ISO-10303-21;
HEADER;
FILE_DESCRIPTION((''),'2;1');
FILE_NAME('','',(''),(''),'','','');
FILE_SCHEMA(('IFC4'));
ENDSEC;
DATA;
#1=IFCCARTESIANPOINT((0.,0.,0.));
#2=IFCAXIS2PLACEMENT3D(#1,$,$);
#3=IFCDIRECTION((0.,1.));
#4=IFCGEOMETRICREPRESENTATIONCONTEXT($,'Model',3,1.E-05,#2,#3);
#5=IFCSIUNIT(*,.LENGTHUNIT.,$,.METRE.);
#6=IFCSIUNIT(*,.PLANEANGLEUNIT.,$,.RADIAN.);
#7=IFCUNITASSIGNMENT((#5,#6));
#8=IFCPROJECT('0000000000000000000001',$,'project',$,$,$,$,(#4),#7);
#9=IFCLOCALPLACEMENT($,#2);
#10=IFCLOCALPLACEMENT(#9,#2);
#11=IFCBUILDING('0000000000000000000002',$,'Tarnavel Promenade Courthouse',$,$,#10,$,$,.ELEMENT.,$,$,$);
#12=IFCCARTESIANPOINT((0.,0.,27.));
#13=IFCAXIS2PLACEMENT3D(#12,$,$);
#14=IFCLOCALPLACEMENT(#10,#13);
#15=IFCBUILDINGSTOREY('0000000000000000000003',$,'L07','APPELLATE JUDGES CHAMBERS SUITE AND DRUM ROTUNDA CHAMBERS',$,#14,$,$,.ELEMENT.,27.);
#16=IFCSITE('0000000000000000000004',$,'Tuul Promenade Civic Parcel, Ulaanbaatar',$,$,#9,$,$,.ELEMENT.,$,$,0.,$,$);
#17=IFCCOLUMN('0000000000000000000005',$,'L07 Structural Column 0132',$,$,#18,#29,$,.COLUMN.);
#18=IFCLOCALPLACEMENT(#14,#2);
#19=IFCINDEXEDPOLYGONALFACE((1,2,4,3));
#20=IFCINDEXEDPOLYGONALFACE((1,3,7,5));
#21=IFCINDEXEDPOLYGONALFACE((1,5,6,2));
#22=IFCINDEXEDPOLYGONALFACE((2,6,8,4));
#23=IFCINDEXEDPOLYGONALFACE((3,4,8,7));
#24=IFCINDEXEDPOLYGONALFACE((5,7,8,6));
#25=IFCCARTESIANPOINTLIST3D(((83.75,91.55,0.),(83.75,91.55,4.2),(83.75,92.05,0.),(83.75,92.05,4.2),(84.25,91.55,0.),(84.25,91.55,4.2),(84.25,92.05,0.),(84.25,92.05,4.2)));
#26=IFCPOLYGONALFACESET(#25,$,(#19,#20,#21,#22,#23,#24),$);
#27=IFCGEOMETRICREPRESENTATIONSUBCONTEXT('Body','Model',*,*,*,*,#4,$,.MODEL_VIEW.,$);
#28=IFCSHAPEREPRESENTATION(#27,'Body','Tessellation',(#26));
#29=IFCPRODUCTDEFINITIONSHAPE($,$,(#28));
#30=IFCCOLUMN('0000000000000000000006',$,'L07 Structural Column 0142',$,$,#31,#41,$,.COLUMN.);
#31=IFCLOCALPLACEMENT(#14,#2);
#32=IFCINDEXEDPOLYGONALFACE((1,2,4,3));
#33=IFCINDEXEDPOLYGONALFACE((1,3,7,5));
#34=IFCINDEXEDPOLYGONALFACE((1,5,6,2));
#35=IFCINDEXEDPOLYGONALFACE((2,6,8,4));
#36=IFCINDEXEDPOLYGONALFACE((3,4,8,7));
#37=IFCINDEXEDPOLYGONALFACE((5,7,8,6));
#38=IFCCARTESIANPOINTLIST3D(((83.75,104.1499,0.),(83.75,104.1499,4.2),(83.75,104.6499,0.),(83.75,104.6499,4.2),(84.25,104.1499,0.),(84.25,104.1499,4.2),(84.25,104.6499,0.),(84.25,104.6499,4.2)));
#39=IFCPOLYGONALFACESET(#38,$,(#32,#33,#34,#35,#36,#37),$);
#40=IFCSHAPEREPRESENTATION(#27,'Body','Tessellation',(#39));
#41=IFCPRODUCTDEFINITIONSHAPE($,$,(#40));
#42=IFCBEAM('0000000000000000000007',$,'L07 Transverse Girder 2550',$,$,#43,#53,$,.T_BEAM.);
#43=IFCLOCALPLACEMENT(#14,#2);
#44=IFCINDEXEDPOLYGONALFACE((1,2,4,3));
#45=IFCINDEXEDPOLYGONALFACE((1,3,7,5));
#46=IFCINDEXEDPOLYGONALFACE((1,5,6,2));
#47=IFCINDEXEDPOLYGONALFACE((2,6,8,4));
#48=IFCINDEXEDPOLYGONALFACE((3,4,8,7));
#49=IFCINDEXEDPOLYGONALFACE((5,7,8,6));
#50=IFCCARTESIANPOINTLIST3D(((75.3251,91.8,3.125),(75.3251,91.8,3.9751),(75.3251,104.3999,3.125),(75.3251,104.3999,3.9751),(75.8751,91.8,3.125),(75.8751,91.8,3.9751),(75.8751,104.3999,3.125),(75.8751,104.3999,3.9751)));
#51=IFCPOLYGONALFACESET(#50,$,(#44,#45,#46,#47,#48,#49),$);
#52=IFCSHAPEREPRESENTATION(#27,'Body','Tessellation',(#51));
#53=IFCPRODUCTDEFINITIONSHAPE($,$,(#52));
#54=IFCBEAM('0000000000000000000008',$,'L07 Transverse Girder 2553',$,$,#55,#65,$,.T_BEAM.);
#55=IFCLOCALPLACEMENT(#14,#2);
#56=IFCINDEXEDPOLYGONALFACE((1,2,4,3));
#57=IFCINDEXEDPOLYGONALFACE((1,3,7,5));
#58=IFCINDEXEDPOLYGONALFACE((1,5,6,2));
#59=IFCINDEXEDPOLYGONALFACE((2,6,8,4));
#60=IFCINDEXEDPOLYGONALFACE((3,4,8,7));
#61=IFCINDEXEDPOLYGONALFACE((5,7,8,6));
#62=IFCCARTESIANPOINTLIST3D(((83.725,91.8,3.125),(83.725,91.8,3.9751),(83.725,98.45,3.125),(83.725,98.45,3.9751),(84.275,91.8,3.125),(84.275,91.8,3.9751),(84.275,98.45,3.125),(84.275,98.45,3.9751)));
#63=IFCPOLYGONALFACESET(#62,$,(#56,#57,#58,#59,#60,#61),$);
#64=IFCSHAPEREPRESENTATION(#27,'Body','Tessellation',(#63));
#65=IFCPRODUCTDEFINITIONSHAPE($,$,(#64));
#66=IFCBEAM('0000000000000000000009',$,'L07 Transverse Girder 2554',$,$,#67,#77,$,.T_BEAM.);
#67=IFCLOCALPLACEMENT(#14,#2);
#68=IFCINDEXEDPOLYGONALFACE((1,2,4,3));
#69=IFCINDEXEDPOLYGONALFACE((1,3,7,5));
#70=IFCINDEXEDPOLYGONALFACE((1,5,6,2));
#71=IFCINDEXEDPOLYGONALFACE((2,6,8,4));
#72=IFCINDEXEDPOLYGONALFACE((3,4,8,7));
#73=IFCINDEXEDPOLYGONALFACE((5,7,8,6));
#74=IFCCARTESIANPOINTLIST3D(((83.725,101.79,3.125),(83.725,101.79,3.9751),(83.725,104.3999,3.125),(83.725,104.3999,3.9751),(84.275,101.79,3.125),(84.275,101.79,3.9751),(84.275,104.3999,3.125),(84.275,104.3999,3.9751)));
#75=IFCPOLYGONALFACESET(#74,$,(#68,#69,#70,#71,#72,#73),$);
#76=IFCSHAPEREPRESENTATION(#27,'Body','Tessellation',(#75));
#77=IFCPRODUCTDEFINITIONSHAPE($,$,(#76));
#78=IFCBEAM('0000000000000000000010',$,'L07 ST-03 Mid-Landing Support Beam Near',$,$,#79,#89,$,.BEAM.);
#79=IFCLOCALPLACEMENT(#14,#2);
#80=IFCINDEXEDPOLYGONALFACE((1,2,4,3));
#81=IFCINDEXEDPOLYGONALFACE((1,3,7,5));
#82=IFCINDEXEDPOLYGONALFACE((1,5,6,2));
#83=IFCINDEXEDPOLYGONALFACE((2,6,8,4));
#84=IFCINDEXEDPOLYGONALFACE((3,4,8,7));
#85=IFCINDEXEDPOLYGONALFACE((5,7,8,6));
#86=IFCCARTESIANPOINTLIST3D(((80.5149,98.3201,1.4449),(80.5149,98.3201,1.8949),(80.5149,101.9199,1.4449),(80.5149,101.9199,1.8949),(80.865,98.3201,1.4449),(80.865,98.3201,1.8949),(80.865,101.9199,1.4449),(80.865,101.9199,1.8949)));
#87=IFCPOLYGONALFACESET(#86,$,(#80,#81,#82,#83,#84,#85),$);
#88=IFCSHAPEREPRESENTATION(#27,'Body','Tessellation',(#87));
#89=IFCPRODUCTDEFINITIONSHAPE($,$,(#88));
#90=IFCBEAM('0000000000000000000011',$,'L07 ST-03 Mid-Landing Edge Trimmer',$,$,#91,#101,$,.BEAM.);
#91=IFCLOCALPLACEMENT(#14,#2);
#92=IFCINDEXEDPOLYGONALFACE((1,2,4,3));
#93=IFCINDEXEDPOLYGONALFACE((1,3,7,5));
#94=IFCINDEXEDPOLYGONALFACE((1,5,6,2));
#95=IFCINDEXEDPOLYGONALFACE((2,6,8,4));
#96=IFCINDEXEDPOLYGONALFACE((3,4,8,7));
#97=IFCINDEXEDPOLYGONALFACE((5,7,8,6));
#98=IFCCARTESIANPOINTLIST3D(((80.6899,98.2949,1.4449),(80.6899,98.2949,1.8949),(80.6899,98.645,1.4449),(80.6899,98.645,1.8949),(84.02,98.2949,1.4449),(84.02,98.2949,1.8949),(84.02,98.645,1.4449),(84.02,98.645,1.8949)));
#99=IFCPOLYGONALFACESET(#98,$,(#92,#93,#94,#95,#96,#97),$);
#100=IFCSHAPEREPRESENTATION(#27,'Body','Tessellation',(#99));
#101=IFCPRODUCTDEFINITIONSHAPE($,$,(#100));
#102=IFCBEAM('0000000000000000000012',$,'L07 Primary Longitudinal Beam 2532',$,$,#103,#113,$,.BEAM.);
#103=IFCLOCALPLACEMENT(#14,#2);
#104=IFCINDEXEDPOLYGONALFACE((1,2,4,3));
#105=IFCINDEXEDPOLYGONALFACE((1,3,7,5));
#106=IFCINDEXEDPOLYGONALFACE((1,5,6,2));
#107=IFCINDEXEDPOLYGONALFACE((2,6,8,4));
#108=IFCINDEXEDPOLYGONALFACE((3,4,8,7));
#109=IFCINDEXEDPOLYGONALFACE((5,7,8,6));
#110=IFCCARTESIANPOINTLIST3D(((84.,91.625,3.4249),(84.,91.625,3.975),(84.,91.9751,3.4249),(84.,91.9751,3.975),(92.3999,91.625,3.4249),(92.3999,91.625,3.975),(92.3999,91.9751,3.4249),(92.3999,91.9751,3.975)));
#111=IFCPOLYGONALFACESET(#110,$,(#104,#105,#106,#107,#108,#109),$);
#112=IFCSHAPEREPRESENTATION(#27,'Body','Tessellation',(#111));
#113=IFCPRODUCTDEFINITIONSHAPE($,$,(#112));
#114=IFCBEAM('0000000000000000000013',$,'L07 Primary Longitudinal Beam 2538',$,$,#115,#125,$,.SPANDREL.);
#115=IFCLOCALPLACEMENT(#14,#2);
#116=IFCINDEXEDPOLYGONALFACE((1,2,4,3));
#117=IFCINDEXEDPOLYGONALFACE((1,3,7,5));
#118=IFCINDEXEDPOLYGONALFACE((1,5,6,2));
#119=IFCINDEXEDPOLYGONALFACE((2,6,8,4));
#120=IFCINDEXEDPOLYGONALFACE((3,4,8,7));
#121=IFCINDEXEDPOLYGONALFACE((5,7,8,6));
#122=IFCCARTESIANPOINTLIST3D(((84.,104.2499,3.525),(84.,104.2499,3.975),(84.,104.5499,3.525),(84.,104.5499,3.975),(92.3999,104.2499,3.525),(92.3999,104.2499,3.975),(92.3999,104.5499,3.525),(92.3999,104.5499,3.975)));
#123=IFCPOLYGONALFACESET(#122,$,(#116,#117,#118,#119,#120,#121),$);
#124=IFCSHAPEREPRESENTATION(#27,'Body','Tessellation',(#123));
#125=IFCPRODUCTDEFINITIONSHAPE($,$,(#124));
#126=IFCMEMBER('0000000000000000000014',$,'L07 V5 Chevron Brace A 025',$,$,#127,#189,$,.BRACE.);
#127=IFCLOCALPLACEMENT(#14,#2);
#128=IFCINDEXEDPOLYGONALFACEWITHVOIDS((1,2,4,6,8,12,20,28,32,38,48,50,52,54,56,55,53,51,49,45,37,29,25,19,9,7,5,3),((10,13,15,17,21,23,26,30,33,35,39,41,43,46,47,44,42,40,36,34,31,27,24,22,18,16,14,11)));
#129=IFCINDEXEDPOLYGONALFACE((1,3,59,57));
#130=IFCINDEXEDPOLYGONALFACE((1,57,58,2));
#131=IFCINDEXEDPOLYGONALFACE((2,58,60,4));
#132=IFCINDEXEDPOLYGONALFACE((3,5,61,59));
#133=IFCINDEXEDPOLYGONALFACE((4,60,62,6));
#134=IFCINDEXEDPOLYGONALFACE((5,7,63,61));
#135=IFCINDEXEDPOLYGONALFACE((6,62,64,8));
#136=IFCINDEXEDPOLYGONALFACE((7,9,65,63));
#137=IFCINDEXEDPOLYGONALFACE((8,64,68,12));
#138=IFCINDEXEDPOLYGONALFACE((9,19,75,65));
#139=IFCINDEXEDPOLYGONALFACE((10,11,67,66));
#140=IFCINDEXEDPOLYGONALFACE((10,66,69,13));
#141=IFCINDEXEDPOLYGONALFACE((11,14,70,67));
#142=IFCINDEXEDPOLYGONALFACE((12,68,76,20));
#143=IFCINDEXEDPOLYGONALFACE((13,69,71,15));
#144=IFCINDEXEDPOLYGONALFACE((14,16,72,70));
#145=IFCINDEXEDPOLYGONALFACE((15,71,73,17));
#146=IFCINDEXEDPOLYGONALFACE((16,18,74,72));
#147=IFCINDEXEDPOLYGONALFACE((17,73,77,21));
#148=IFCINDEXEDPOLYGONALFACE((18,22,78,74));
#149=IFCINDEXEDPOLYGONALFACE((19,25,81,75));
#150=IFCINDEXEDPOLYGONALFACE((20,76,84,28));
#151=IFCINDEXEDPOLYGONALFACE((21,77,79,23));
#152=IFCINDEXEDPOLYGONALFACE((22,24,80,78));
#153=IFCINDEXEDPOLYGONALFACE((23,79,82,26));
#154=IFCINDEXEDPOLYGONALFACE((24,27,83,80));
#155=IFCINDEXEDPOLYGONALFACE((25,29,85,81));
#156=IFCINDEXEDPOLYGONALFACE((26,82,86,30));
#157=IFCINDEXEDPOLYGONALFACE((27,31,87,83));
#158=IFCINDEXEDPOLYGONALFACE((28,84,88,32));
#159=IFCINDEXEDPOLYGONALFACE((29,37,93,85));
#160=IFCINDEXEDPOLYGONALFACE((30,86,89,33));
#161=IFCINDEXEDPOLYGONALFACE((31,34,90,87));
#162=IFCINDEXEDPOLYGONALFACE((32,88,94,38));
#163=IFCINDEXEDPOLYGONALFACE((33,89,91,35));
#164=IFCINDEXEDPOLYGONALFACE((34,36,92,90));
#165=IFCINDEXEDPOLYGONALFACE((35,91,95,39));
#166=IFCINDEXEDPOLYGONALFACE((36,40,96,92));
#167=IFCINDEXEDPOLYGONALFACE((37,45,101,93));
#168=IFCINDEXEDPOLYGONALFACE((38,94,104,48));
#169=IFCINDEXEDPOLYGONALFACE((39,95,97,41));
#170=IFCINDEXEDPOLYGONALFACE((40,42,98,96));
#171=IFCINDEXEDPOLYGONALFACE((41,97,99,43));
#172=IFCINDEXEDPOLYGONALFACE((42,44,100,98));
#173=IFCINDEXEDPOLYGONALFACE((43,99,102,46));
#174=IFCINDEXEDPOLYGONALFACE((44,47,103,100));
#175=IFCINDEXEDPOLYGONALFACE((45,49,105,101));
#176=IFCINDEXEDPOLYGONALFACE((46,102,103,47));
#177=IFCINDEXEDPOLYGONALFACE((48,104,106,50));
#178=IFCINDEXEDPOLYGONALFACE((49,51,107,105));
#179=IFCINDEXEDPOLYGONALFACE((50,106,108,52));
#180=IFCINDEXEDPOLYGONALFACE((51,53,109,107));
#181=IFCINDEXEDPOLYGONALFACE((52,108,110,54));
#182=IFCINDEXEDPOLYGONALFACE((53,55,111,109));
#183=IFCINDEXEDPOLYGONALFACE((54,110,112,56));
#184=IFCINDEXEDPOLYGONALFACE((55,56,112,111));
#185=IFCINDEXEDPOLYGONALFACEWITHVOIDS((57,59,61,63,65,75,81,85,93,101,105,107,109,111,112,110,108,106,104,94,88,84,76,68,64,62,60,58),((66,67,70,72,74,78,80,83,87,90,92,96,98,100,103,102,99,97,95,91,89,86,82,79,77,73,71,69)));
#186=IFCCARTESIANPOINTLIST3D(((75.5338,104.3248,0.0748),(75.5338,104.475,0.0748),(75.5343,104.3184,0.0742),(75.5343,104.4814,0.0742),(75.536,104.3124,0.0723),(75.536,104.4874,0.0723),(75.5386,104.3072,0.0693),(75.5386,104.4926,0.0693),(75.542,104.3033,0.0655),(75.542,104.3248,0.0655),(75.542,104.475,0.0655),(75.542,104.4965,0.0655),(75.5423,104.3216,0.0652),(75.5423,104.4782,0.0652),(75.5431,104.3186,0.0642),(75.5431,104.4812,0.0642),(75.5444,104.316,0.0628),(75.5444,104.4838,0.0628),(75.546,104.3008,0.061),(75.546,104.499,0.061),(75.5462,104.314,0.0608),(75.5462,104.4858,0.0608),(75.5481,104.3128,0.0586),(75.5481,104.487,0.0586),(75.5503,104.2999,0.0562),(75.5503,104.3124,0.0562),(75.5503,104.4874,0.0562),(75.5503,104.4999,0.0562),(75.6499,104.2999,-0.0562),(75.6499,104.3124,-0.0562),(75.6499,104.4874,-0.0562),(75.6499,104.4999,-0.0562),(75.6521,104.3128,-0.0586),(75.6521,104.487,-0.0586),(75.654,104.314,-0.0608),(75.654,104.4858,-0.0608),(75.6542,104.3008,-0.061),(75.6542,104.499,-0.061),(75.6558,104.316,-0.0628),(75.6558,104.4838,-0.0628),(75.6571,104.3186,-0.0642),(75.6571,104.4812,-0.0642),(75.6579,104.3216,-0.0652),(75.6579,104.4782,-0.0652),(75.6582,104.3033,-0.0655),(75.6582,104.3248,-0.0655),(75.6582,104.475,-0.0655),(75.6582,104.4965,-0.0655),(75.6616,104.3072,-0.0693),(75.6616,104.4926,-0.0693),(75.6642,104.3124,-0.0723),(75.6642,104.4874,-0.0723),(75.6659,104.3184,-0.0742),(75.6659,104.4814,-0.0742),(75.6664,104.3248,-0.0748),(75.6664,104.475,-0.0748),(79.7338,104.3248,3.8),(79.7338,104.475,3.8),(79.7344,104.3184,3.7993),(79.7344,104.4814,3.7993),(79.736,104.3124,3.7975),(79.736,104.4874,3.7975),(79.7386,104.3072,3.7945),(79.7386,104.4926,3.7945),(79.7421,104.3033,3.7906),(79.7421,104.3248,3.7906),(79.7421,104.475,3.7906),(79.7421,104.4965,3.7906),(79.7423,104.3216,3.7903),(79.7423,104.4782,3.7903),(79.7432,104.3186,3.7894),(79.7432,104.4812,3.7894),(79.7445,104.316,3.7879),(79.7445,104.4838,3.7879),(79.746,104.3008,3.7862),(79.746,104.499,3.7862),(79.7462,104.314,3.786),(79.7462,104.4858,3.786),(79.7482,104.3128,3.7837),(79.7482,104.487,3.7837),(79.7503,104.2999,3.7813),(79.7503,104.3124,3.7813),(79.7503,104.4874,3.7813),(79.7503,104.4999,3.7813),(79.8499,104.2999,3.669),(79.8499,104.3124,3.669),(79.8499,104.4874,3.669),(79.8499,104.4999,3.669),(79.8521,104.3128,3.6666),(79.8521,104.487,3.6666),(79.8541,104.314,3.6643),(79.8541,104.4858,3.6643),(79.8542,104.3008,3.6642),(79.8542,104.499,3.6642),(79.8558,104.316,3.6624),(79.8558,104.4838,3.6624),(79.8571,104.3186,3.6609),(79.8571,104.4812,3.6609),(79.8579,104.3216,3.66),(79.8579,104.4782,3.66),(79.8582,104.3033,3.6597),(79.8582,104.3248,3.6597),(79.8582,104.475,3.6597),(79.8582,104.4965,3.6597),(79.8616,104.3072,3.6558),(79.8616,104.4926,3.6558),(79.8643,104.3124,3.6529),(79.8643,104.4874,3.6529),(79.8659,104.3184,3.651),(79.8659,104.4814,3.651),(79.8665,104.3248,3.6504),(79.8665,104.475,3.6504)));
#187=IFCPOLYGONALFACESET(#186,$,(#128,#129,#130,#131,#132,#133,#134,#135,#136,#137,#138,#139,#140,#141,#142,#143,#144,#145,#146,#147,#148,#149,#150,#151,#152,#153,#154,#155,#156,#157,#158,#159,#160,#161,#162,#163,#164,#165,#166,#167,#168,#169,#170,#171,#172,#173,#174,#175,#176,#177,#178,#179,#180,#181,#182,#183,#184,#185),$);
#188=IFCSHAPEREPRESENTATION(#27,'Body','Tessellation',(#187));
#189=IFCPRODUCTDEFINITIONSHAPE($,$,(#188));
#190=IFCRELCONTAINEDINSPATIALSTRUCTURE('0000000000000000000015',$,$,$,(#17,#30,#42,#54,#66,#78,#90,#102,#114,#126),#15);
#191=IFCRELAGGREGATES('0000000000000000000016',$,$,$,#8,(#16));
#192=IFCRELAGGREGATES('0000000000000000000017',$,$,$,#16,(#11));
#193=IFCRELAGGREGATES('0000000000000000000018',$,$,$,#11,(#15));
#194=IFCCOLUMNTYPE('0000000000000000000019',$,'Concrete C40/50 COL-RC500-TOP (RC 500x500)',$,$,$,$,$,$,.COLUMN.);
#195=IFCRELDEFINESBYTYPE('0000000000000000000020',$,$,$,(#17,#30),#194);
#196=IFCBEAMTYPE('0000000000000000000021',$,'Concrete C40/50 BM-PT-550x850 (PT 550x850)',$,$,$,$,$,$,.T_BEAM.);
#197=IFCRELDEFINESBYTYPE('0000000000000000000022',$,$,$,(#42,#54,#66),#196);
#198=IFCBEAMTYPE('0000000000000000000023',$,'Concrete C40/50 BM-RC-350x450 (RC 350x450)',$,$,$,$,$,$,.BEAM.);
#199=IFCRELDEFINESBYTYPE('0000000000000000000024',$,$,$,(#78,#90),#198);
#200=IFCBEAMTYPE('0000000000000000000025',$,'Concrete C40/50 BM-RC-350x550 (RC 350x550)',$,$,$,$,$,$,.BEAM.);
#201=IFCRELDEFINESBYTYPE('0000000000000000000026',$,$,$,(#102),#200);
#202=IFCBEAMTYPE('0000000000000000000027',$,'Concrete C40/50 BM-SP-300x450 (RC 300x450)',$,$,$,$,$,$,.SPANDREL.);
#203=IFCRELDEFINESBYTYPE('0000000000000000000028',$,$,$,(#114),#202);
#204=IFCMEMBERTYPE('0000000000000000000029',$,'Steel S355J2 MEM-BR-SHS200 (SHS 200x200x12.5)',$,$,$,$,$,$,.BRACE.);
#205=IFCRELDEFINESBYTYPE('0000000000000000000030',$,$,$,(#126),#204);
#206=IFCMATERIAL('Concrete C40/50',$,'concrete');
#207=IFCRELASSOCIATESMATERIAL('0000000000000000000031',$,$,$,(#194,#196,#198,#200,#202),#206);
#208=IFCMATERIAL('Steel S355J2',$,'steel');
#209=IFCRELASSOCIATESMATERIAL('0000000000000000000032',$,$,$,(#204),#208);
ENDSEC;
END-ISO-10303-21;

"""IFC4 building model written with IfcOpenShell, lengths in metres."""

from ifc_helpers import new_model, si_unit, direction, frame, origin, origin_2d, place, context, subcontext, project, spatial, rectangle, hollow_rectangle, extrude, material, material_profile, profile_set, type_object, element, save


model = new_model("IFC4")

# Units and contexts
model_context = context("Model", 3, precision=1e-05, world=origin(), true_north=direction((0.0, 1.0)))
body_context = subcontext(model_context, "Body", "Model", "MODEL_VIEW")
ifc_project = project(units=[si_unit("LENGTHUNIT", "METRE"), si_unit("PLANEANGLEUNIT", "RADIAN")], contexts=[model_context])

# Site, building, storey
site_placement = place(None, origin())
site = spatial("IfcSite", under=ifc_project, at=site_placement, Name="Tuul Promenade Civic Parcel, Ulaanbaatar", CompositionType="ELEMENT", RefElevation=0.0)
building_placement = place(site_placement, origin())
building = spatial("IfcBuilding", under=site, at=building_placement, Name="Tarnavel Promenade Courthouse", CompositionType="ELEMENT")
storey_placement = place(building_placement, frame((0.0, 0.0, 27.0)))
storey = spatial("IfcBuildingStorey", under=building, at=storey_placement, Name="L07", Description="APPELLATE JUDGES CHAMBERS SUITE AND DRUM ROTUNDA CHAMBERS", CompositionType="ELEMENT", Elevation=27.0)

# Columns
ifc_material_1 = material(Name="Concrete C40/50", Category="concrete")
ifc_material_profile_1 = material_profile(ifc_material_1, rectangle(XDim=0.5, YDim=0.5, at=origin_2d()), Name="RC 500x500")
ifc_profile_set_1 = profile_set([ifc_material_profile_1], Name="Concrete C40/50")
column_type = type_object("IfcColumnType", Name="Concrete C40/50 COL-RC500-TOP (RC 500x500)", PredefinedType="COLUMN", material=ifc_profile_set_1)
for number, where, z_axis, x_axis, name in (
    (1, (84.0, 91.8, 0.0), (0.0, 0.0, 1.0), (1.0, 0.0, 0.0), "L07 Structural Column 0132"),
    (2, (84.0, 104.3999, 0.0), (0.0, 0.0, 1.0), (1.0, 0.0, 0.0), "L07 Structural Column 0142"),
):
    element("IfcColumn", number, at=place(storey_placement, frame(where, z_axis=z_axis, x_axis=x_axis)), inside=storey, type_object=column_type, Name=name, PredefinedType="COLUMN", context=body_context, shape_type="SweptSolid", body=[
        extrude(rectangle(XDim=0.5, YDim=0.5, at=origin_2d()), origin(), (0.0, 0.0, 1.0), 4.2),
    ])

# Beams
ifc_material_profile_2 = material_profile(ifc_material_1, rectangle(XDim=0.55, YDim=0.8501, at=origin_2d()), Name="PT 550x850")
ifc_profile_set_2 = profile_set([ifc_material_profile_2], Name="Concrete C40/50")
beam_type_1 = type_object("IfcBeamType", Name="Concrete C40/50 BM-PT-550x850 (PT 550x850)", PredefinedType="T_BEAM", material=ifc_profile_set_2)
beam_1_placement = place(storey_placement, frame((75.6001, 91.8, 3.55), z_axis=(0.0, 1.0, 0.0), x_axis=(-1.0, 0.0, 0.0)))
element("IfcBeam", 3, at=beam_1_placement, inside=storey, type_object=beam_type_1, Name="L07 Transverse Girder 2550", PredefinedType="T_BEAM", context=body_context, shape_type="SweptSolid", body=[
    extrude(rectangle(XDim=0.55, YDim=0.8501, at=origin_2d()), origin(), (0.0, 0.0, 1.0), 12.5999),
])
beam_2_placement = place(storey_placement, frame((84.0, 91.8, 3.55), z_axis=(0.0, 1.0, 0.0), x_axis=(-1.0, 0.0, 0.0)))
element("IfcBeam", 4, at=beam_2_placement, inside=storey, type_object=beam_type_1, Name="L07 Transverse Girder 2553", PredefinedType="T_BEAM", context=body_context, shape_type="SweptSolid", body=[
    extrude(rectangle(XDim=0.55, YDim=0.8501, at=origin_2d()), origin(), (0.0, 0.0, 1.0), 6.6499),
])
beam_3_placement = place(storey_placement, frame((84.0, 101.79, 3.55), z_axis=(0.0, 1.0, 0.0), x_axis=(-1.0, 0.0, 0.0)))
element("IfcBeam", 5, at=beam_3_placement, inside=storey, type_object=beam_type_1, Name="L07 Transverse Girder 2554", PredefinedType="T_BEAM", context=body_context, shape_type="SweptSolid", body=[
    extrude(rectangle(XDim=0.55, YDim=0.8501, at=origin_2d()), origin(), (0.0, 0.0, 1.0), 2.6099),
])
ifc_material_profile_3 = material_profile(ifc_material_1, rectangle(XDim=0.3501, YDim=0.45, at=origin_2d()), Name="RC 350x450")
ifc_profile_set_3 = profile_set([ifc_material_profile_3], Name="Concrete C40/50")
beam_type_2 = type_object("IfcBeamType", Name="Concrete C40/50 BM-RC-350x450 (RC 350x450)", PredefinedType="BEAM", material=ifc_profile_set_3)
beam_4_placement = place(storey_placement, frame((80.6899, 98.3201, 1.6699), z_axis=(0.0, 1.0, 0.0), x_axis=(-1.0, 0.0, 0.0)))
element("IfcBeam", 6, at=beam_4_placement, inside=storey, type_object=beam_type_2, Name="L07 ST-03 Mid-Landing Support Beam Near", PredefinedType="BEAM", context=body_context, shape_type="SweptSolid", body=[
    extrude(rectangle(XDim=0.3501, YDim=0.45, at=origin_2d()), origin(), (0.0, 0.0, 1.0), 3.5999),
])
beam_5_placement = place(storey_placement, frame((80.6899, 98.47, 1.6699), z_axis=(1.0, 0.0, 0.0), x_axis=(0.0, 1.0, 0.0)))
element("IfcBeam", 7, at=beam_5_placement, inside=storey, type_object=beam_type_2, Name="L07 ST-03 Mid-Landing Edge Trimmer", PredefinedType="BEAM", context=body_context, shape_type="SweptSolid", body=[
    extrude(rectangle(XDim=0.3501, YDim=0.45, at=origin_2d()), origin(), (0.0, 0.0, 1.0), 3.3301),
])
ifc_material_profile_4 = material_profile(ifc_material_1, rectangle(XDim=0.3501, YDim=0.55, at=origin_2d()), Name="RC 350x550")
ifc_profile_set_4 = profile_set([ifc_material_profile_4], Name="Concrete C40/50")
beam_type_3 = type_object("IfcBeamType", Name="Concrete C40/50 BM-RC-350x550 (RC 350x550)", PredefinedType="BEAM", material=ifc_profile_set_4)
beam_6_placement = place(storey_placement, frame((84.0, 91.8, 3.7), z_axis=(1.0, 0.0, 0.0), x_axis=(0.0, 1.0, 0.0)))
element("IfcBeam", 8, at=beam_6_placement, inside=storey, type_object=beam_type_3, Name="L07 Primary Longitudinal Beam 2532", PredefinedType="BEAM", context=body_context, shape_type="SweptSolid", body=[
    extrude(rectangle(XDim=0.3501, YDim=0.55, at=origin_2d()), origin(), (0.0, 0.0, 1.0), 8.3999),
])
ifc_material_profile_5 = material_profile(ifc_material_1, rectangle(XDim=0.3, YDim=0.45, at=origin_2d()), Name="RC 300x450")
ifc_profile_set_5 = profile_set([ifc_material_profile_5], Name="Concrete C40/50")
beam_type_4 = type_object("IfcBeamType", Name="Concrete C40/50 BM-SP-300x450 (RC 300x450)", PredefinedType="SPANDREL", material=ifc_profile_set_5)
beam_7_placement = place(storey_placement, frame((84.0, 104.3999, 3.75), z_axis=(1.0, 0.0, 0.0), x_axis=(0.0, 1.0, 0.0)))
element("IfcBeam", 9, at=beam_7_placement, inside=storey, type_object=beam_type_4, Name="L07 Primary Longitudinal Beam 2538", PredefinedType="SPANDREL", context=body_context, shape_type="SweptSolid", body=[
    extrude(rectangle(XDim=0.3, YDim=0.45, at=origin_2d()), origin(), (0.0, 0.0, 1.0), 8.3999),
])

# Member
ifc_material_2 = material(Name="Steel S355J2", Category="steel")
ifc_material_profile_6 = material_profile(ifc_material_2, hollow_rectangle(XDim=0.2, YDim=0.2, WallThickness=0.0125, InnerFilletRadius=0.0125, OuterFilletRadius=0.0249, at=origin_2d()), Name="SHS 200x200x12.5")
ifc_profile_set_6 = profile_set([ifc_material_profile_6], Name="Steel S355J2")
member_type = type_object("IfcMemberType", Name="Steel S355J2 MEM-BR-SHS200 (SHS 200x200x12.5)", PredefinedType="BRACE", material=ifc_profile_set_6)
for number, where, z_axis, x_axis, name in (
    (10, (75.6001, 104.3999, 0.0), (0.748133, 0.0, 0.663548), (0.0, 1.0, 0.0), "L07 V5 Chevron Brace A 025"),
):
    element("IfcMember", number, at=place(storey_placement, frame(where, z_axis=z_axis, x_axis=x_axis)), inside=storey, type_object=member_type, Name=name, PredefinedType="BRACE", context=body_context, shape_type="SweptSolid", body=[
        extrude(hollow_rectangle(XDim=0.2, YDim=0.2, WallThickness=0.0125, InnerFilletRadius=0.0125, OuterFilletRadius=0.0249, at=origin_2d()), origin(), (0.0, 0.0, 1.0), 5.614),
    ])

save(model, "model.ifc")
